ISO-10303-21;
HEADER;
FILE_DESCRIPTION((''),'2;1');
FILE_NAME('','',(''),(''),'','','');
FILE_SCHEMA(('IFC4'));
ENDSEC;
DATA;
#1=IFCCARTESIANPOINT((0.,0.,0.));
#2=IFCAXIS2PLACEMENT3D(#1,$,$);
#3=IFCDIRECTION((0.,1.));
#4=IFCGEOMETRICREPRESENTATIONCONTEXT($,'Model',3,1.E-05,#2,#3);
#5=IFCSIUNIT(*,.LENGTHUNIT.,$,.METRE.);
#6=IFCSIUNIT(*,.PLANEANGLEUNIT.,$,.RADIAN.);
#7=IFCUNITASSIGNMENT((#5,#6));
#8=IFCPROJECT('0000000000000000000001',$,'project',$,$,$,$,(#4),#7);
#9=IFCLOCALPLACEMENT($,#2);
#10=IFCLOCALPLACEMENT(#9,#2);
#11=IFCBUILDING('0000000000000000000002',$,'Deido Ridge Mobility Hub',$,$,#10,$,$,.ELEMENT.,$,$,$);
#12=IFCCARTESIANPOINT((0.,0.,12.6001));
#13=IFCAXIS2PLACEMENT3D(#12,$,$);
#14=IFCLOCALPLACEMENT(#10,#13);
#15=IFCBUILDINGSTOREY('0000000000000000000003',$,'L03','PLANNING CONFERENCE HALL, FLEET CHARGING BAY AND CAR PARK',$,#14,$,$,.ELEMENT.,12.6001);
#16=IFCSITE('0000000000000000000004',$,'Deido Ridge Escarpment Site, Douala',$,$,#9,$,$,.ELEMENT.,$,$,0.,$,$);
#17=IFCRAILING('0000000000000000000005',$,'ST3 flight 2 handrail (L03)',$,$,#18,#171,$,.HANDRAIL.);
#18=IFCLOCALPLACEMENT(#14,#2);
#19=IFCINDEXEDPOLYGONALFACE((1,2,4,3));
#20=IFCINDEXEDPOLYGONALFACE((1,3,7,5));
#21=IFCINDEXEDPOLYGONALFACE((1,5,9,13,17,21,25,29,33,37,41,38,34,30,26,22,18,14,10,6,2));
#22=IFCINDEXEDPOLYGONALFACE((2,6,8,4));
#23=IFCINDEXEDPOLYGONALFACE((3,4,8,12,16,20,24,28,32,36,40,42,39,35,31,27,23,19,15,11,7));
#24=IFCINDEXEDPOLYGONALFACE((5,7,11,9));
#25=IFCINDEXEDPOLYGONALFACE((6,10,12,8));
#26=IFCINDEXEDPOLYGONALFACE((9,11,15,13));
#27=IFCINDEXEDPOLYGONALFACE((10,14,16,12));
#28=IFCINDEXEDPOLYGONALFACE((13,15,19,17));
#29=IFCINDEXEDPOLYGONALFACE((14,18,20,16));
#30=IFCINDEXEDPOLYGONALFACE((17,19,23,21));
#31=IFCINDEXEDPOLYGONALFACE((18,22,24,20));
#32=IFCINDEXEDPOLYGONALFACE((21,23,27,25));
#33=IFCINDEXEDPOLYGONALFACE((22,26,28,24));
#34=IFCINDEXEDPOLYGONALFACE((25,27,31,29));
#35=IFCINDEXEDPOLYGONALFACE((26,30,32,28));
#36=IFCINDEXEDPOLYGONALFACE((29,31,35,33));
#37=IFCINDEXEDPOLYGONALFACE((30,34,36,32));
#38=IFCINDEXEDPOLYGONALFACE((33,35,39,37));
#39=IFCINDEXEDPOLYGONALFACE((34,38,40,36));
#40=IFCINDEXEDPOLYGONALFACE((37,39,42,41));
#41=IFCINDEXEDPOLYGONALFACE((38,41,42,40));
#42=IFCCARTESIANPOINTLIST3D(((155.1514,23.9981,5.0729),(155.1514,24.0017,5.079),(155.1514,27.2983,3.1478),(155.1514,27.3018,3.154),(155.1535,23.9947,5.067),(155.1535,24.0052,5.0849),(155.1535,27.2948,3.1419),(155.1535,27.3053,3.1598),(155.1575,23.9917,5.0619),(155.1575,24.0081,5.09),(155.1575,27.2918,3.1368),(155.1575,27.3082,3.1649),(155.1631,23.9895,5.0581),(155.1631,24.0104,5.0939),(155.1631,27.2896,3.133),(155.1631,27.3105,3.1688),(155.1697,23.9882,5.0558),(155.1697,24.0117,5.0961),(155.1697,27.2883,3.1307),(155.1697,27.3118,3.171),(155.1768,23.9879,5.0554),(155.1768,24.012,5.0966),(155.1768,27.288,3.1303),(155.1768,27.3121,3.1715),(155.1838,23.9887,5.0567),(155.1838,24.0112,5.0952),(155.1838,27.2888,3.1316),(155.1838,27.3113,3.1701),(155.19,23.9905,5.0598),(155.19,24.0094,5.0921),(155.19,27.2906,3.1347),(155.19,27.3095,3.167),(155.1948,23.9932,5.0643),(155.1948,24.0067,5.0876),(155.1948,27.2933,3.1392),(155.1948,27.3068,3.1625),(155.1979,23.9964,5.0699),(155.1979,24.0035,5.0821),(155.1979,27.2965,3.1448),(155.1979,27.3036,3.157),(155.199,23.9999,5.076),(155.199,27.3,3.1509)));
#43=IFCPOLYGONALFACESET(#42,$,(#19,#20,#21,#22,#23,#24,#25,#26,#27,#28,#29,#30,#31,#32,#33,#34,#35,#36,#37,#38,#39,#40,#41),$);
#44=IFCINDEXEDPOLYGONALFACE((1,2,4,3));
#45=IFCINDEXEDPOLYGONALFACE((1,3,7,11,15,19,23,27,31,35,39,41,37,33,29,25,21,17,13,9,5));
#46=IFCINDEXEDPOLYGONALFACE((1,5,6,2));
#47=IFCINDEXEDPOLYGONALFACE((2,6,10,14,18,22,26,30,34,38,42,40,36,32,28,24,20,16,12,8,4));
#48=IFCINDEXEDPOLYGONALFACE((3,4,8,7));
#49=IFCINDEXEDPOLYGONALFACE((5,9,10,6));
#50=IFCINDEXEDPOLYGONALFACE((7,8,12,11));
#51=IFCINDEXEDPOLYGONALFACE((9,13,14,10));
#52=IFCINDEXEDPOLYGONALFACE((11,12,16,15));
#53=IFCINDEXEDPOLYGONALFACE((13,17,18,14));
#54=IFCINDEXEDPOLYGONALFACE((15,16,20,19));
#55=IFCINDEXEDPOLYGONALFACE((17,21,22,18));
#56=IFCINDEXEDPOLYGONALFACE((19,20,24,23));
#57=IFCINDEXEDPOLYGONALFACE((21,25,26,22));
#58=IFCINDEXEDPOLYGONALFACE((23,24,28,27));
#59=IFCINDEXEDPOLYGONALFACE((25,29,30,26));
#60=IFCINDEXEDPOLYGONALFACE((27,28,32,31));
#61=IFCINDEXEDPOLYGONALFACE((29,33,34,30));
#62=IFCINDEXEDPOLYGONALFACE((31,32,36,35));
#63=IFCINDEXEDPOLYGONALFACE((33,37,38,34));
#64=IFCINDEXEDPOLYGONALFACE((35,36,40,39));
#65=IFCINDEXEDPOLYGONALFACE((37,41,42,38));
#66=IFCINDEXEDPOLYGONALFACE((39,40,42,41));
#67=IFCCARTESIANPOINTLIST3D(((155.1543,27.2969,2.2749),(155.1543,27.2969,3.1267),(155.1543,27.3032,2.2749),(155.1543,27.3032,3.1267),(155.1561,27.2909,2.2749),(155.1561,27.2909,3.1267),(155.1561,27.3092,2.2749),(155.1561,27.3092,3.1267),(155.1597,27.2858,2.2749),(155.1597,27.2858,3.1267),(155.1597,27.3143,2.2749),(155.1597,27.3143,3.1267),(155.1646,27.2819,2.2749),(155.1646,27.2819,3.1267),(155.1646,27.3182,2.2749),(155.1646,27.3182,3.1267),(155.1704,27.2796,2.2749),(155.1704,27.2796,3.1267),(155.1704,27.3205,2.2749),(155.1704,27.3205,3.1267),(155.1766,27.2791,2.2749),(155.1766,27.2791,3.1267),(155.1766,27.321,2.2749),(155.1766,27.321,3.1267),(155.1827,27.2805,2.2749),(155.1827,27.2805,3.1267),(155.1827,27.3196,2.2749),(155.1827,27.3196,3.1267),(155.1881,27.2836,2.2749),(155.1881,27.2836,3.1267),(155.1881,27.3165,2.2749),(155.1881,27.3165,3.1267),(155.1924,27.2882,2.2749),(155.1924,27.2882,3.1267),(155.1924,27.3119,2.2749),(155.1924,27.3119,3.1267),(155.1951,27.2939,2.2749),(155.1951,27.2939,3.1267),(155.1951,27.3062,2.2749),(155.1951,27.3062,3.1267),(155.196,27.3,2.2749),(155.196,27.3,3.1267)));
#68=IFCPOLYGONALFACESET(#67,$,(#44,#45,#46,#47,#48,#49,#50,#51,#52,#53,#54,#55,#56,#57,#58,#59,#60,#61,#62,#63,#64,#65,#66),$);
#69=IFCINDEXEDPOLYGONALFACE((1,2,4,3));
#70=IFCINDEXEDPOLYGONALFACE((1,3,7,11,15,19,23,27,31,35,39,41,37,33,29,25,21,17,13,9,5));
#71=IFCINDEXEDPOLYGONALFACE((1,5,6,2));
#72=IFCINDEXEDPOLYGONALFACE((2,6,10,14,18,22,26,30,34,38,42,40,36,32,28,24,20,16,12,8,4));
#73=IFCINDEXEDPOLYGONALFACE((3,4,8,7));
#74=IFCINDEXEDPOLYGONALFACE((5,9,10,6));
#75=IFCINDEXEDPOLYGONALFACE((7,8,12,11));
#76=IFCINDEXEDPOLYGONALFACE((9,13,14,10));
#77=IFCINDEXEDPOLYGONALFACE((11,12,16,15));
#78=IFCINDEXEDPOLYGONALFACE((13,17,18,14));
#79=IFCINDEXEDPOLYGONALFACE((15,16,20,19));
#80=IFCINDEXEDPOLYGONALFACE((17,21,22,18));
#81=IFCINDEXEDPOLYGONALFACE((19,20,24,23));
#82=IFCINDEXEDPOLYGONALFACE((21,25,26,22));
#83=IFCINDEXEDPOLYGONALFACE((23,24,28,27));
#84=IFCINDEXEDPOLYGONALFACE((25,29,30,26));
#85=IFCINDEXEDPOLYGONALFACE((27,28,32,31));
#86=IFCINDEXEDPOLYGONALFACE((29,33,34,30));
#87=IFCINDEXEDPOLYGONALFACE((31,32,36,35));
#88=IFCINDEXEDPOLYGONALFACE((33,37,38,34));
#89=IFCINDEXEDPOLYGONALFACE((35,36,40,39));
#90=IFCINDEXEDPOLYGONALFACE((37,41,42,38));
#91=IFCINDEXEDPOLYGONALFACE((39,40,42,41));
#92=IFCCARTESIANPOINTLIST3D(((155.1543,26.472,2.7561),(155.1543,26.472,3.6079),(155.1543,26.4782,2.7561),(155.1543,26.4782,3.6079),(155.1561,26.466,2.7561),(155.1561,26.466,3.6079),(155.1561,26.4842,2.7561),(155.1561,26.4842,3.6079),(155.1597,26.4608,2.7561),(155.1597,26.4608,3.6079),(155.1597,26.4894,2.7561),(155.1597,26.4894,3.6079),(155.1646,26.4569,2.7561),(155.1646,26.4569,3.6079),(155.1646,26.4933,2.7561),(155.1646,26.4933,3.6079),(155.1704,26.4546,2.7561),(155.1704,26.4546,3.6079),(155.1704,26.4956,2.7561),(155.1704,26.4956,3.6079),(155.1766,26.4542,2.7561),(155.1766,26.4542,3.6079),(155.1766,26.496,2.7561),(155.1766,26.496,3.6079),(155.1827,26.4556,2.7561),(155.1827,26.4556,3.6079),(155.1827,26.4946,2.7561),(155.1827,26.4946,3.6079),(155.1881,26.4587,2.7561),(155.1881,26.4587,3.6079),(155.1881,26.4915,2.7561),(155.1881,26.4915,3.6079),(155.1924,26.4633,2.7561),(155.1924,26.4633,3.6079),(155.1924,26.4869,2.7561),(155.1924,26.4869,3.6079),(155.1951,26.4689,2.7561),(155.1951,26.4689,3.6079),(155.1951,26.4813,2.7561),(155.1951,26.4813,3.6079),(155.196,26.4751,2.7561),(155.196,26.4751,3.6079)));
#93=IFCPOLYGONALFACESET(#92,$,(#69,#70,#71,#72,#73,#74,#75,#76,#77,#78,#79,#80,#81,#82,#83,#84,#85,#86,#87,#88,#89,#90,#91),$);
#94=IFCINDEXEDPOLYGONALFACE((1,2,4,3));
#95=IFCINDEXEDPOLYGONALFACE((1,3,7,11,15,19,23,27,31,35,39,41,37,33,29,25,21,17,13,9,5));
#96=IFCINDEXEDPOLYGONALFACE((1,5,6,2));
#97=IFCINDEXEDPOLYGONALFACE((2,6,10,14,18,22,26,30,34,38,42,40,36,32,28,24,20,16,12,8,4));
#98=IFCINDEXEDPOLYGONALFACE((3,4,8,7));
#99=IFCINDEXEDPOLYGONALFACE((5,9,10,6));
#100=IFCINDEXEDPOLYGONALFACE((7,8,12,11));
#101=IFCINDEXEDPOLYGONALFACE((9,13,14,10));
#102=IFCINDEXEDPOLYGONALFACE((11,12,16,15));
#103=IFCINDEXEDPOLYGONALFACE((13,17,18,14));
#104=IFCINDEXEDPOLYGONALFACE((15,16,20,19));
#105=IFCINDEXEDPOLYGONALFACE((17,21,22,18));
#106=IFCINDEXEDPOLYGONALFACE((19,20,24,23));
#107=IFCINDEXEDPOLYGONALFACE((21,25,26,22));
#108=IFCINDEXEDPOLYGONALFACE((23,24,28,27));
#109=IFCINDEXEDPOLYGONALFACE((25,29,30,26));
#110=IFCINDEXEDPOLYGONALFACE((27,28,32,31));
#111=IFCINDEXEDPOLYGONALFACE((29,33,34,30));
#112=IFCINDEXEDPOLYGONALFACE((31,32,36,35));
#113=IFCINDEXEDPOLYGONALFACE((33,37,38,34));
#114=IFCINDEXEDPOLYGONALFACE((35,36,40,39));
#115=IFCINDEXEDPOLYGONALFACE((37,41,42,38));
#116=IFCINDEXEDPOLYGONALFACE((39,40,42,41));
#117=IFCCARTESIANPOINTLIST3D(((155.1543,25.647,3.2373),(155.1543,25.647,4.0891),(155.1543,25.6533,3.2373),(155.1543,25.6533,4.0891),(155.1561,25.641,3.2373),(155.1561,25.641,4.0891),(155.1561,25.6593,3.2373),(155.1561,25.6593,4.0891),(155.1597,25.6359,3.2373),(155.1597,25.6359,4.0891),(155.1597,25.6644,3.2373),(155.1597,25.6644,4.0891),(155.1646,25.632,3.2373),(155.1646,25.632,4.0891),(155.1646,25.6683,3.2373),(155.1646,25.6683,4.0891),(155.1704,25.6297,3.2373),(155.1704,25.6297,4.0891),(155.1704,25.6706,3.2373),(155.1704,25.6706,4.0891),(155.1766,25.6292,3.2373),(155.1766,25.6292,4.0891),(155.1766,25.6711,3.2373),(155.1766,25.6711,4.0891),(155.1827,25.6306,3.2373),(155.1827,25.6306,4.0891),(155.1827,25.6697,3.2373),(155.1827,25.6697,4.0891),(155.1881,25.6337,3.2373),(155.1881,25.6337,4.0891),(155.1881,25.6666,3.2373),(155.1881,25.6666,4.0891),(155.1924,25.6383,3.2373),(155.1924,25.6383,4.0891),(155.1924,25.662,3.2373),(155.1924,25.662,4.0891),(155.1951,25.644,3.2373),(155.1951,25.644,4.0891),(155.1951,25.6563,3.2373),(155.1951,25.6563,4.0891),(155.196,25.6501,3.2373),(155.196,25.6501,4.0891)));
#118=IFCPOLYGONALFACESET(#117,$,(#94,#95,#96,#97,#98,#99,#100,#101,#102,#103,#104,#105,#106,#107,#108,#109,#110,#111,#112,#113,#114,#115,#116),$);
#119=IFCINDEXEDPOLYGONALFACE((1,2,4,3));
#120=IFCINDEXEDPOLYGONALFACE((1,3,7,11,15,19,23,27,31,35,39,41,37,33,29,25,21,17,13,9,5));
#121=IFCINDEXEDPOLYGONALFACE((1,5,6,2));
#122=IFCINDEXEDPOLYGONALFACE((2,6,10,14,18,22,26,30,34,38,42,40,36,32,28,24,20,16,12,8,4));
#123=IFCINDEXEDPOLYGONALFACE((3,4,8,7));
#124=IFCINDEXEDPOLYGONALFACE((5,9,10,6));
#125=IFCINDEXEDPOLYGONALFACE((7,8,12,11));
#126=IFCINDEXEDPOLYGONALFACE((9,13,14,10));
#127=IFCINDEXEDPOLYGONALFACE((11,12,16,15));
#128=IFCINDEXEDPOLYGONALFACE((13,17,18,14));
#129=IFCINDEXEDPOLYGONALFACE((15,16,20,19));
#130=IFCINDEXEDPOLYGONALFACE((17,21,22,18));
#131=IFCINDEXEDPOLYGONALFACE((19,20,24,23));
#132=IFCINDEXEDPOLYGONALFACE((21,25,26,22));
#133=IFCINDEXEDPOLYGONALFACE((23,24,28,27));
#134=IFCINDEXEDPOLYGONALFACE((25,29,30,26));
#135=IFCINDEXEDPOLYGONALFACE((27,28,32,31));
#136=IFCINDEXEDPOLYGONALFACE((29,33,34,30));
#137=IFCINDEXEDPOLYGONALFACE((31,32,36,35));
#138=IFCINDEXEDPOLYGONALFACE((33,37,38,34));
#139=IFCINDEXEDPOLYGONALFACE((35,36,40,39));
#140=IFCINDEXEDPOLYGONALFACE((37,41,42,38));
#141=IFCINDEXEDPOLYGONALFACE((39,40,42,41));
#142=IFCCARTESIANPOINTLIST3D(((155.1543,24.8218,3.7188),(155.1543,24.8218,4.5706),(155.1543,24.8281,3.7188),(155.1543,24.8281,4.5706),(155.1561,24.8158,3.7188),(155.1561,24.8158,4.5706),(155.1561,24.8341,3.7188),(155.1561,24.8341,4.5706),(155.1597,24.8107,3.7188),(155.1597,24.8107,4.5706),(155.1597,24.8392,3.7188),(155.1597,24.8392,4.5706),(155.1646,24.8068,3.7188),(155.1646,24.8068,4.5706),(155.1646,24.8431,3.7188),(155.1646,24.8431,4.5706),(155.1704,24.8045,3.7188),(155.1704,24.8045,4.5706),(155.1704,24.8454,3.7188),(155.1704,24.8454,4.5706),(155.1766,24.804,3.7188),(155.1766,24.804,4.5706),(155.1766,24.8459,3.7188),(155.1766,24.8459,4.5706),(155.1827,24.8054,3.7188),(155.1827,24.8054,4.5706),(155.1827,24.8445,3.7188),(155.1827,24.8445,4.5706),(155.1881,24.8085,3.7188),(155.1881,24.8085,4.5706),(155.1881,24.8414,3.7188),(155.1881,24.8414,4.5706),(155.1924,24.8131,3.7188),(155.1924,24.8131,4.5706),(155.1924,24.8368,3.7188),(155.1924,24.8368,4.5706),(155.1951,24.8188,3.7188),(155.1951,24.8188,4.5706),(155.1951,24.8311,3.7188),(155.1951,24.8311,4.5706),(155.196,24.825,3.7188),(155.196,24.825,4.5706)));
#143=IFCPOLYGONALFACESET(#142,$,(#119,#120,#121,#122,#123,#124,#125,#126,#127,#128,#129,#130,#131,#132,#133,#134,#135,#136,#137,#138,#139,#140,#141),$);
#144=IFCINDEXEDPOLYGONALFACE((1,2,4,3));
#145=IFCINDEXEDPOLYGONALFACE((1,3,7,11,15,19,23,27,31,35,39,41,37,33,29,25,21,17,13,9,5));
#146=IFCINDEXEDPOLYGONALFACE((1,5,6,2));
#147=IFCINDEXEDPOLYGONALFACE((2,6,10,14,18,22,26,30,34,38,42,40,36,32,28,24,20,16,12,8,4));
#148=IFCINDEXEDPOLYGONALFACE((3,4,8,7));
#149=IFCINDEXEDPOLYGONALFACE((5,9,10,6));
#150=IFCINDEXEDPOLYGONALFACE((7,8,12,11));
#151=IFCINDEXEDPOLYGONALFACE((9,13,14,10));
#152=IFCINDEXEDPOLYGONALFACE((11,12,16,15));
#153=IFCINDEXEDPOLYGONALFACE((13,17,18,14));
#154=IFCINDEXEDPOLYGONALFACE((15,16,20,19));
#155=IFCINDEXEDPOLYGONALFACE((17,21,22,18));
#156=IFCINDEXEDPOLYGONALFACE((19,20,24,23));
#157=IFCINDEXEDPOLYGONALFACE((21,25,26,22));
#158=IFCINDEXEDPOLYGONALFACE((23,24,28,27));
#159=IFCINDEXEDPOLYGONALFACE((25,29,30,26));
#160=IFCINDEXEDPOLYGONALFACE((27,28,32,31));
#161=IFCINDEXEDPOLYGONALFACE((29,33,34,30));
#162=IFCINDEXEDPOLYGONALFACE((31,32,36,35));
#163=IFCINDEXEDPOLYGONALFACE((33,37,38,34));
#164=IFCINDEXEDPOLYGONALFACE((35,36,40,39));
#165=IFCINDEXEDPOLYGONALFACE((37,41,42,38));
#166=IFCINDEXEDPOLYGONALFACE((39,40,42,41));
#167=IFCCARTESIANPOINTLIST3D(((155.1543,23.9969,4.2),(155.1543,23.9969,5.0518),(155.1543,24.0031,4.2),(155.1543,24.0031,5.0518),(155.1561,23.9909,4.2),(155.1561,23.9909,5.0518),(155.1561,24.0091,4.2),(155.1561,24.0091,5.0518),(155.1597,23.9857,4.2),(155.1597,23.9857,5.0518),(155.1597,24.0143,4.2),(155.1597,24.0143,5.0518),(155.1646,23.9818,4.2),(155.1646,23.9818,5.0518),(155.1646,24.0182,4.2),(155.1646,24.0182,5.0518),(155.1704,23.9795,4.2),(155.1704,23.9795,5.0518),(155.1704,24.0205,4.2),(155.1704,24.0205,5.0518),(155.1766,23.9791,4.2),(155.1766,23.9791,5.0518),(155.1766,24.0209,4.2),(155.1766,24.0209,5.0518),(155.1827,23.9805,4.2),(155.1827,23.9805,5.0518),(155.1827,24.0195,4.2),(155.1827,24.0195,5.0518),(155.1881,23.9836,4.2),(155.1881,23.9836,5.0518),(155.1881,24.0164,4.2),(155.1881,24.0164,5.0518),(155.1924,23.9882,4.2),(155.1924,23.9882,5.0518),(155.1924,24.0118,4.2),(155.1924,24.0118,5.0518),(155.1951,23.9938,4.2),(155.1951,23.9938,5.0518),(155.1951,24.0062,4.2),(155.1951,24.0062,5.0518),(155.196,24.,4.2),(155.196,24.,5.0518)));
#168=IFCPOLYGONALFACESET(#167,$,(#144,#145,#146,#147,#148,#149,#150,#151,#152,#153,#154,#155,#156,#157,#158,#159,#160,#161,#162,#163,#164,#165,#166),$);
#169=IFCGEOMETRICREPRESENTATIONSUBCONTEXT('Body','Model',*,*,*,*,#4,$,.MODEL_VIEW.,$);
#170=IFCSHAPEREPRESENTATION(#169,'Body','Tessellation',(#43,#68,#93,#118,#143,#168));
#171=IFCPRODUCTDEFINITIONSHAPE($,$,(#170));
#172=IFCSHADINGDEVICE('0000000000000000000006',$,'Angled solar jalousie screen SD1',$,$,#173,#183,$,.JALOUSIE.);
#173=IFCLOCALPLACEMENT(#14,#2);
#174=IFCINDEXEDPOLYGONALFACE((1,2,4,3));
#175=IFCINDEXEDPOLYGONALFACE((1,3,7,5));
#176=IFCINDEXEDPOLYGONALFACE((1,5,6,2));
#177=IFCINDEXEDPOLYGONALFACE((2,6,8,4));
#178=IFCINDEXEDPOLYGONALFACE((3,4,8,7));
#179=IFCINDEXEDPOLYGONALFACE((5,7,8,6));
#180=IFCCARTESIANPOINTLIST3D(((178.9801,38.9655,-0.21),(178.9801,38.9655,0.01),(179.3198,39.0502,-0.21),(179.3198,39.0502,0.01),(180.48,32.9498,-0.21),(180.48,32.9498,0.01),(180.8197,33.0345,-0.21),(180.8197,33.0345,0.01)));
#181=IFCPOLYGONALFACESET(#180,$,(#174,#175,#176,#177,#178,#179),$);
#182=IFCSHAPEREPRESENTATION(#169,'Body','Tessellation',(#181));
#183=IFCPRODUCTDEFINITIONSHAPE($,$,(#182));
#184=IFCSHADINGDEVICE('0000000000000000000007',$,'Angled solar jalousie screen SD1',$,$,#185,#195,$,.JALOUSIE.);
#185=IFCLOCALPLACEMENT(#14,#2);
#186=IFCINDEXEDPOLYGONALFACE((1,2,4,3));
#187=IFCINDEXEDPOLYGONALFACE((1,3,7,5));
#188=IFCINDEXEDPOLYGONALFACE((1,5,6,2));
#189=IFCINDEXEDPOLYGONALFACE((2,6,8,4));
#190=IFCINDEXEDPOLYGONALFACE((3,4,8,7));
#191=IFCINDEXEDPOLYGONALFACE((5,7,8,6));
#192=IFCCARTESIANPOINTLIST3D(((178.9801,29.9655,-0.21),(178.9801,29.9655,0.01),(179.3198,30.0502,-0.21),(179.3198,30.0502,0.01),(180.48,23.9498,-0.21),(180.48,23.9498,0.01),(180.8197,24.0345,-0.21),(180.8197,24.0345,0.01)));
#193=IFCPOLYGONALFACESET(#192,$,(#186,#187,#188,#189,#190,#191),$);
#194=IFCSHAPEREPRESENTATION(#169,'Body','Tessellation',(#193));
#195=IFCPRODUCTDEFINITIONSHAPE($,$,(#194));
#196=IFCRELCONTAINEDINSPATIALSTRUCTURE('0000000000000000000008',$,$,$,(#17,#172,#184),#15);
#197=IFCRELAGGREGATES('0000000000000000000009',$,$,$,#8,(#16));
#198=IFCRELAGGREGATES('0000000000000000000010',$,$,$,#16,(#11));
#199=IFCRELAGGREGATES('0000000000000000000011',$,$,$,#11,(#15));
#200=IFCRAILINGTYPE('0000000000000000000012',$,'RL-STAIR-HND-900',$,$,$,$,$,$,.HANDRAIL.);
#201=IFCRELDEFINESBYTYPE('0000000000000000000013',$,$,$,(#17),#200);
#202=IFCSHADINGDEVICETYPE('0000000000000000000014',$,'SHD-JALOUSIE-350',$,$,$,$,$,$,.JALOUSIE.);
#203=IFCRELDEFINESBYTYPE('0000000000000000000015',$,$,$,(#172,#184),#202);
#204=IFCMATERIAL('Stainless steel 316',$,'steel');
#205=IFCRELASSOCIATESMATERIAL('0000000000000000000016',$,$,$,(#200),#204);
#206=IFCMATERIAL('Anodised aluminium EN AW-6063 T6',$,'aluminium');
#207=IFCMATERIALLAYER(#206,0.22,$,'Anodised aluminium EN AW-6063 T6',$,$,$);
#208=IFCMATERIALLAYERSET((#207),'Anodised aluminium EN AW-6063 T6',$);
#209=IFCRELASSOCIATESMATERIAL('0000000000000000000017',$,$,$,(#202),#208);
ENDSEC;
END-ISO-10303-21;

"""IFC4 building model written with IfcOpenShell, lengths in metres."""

from ifc_helpers import new_model, si_unit, direction, frame, origin, origin_2d, place, context, subcontext, project, spatial, rectangle, circle, extrude, material, layer, layer_set, type_object, element, save


model = new_model("IFC4")

# Units and contexts
model_context = context("Model", 3, precision=1e-05, world=origin(), true_north=direction((0.0, 1.0)))
body_context = subcontext(model_context, "Body", "Model", "MODEL_VIEW")
ifc_project = project(units=[si_unit("LENGTHUNIT", "METRE"), si_unit("PLANEANGLEUNIT", "RADIAN")], contexts=[model_context])

# Site, building, storey
site_placement = place(None, origin())
site = spatial("IfcSite", under=ifc_project, at=site_placement, Name="Deido Ridge Escarpment Site, Douala", CompositionType="ELEMENT", RefElevation=0.0)
building_placement = place(site_placement, origin())
building = spatial("IfcBuilding", under=site, at=building_placement, Name="Deido Ridge Mobility Hub", CompositionType="ELEMENT")
storey_placement = place(building_placement, frame((0.0, 0.0, 12.6001)))
storey = spatial("IfcBuildingStorey", under=building, at=storey_placement, Name="L03", Description="PLANNING CONFERENCE HALL, FLEET CHARGING BAY AND CAR PARK", CompositionType="ELEMENT", Elevation=12.6001)

# Railing
ifc_material_1 = material(Name="Stainless steel 316", Category="steel")
railing_type = type_object("IfcRailingType", Name="RL-STAIR-HND-900", PredefinedType="HANDRAIL", material=ifc_material_1)
railing_placement = place(storey_placement, frame((155.175, 27.3, 2.2749)))
element("IfcRailing", 1, at=railing_placement, inside=storey, type_object=railing_type, Name="ST3 flight 2 handrail (L03)", PredefinedType="HANDRAIL", context=body_context, shape_type="SweptSolid", body=[
    extrude(circle(Radius=0.0239, at=origin_2d()), frame((0.0, 0.0, 0.876), z_axis=(0.0, -0.863777, 0.503875), x_axis=(1.0, 0.0, 0.0)), (0.0, 0.0, 1.0), 3.8206),
    extrude(circle(Radius=0.021, at=origin_2d()), origin(), (0.0, 0.0, 1.0), 0.8518),
    extrude(circle(Radius=0.021, at=origin_2d()), frame((0.0, -0.825, 0.4812)), (0.0, 0.0, 1.0), 0.8518),
    extrude(circle(Radius=0.021, at=origin_2d()), frame((0.0, -1.6499, 0.9624)), (0.0, 0.0, 1.0), 0.8518),
    extrude(circle(Radius=0.021, at=origin_2d()), frame((0.0, -2.4751, 1.4438)), (0.0, 0.0, 1.0), 0.8518),
    extrude(circle(Radius=0.021, at=origin_2d()), frame((0.0, -3.3, 1.925)), (0.0, 0.0, 1.0), 0.8518),
])

# Shading devices
ifc_material_2 = material(Name="Anodised aluminium EN AW-6063 T6", Category="aluminium")
ifc_layer_1 = layer(ifc_material_2, 0.22, Name="Anodised aluminium EN AW-6063 T6")
ifc_layer_set_1 = layer_set([ifc_layer_1], Name="Anodised aluminium EN AW-6063 T6")
shading_device_type = type_object("IfcShadingDeviceType", Name="SHD-JALOUSIE-350", PredefinedType="JALOUSIE", material=ifc_layer_set_1)
for number, where, z_axis, x_axis, name in (
    (2, (179.8999, 36.0, -0.21), (0.0, 0.0, 1.0), (-0.241922, 0.970296, 0.0), "Angled solar jalousie screen SD1"),
    (3, (179.8999, 27.0, -0.21), (0.0, 0.0, 1.0), (-0.241922, 0.970296, 0.0), "Angled solar jalousie screen SD1"),
):
    element("IfcShadingDevice", number, at=place(storey_placement, frame(where, z_axis=z_axis, x_axis=x_axis)), inside=storey, type_object=shading_device_type, Name=name, PredefinedType="JALOUSIE", context=body_context, shape_type="SweptSolid", body=[
        extrude(rectangle(XDim=6.2, YDim=0.3501, at=origin_2d()), origin(), (0.0, 0.0, 1.0), 0.22),
    ])

save(model, "model.ifc")
